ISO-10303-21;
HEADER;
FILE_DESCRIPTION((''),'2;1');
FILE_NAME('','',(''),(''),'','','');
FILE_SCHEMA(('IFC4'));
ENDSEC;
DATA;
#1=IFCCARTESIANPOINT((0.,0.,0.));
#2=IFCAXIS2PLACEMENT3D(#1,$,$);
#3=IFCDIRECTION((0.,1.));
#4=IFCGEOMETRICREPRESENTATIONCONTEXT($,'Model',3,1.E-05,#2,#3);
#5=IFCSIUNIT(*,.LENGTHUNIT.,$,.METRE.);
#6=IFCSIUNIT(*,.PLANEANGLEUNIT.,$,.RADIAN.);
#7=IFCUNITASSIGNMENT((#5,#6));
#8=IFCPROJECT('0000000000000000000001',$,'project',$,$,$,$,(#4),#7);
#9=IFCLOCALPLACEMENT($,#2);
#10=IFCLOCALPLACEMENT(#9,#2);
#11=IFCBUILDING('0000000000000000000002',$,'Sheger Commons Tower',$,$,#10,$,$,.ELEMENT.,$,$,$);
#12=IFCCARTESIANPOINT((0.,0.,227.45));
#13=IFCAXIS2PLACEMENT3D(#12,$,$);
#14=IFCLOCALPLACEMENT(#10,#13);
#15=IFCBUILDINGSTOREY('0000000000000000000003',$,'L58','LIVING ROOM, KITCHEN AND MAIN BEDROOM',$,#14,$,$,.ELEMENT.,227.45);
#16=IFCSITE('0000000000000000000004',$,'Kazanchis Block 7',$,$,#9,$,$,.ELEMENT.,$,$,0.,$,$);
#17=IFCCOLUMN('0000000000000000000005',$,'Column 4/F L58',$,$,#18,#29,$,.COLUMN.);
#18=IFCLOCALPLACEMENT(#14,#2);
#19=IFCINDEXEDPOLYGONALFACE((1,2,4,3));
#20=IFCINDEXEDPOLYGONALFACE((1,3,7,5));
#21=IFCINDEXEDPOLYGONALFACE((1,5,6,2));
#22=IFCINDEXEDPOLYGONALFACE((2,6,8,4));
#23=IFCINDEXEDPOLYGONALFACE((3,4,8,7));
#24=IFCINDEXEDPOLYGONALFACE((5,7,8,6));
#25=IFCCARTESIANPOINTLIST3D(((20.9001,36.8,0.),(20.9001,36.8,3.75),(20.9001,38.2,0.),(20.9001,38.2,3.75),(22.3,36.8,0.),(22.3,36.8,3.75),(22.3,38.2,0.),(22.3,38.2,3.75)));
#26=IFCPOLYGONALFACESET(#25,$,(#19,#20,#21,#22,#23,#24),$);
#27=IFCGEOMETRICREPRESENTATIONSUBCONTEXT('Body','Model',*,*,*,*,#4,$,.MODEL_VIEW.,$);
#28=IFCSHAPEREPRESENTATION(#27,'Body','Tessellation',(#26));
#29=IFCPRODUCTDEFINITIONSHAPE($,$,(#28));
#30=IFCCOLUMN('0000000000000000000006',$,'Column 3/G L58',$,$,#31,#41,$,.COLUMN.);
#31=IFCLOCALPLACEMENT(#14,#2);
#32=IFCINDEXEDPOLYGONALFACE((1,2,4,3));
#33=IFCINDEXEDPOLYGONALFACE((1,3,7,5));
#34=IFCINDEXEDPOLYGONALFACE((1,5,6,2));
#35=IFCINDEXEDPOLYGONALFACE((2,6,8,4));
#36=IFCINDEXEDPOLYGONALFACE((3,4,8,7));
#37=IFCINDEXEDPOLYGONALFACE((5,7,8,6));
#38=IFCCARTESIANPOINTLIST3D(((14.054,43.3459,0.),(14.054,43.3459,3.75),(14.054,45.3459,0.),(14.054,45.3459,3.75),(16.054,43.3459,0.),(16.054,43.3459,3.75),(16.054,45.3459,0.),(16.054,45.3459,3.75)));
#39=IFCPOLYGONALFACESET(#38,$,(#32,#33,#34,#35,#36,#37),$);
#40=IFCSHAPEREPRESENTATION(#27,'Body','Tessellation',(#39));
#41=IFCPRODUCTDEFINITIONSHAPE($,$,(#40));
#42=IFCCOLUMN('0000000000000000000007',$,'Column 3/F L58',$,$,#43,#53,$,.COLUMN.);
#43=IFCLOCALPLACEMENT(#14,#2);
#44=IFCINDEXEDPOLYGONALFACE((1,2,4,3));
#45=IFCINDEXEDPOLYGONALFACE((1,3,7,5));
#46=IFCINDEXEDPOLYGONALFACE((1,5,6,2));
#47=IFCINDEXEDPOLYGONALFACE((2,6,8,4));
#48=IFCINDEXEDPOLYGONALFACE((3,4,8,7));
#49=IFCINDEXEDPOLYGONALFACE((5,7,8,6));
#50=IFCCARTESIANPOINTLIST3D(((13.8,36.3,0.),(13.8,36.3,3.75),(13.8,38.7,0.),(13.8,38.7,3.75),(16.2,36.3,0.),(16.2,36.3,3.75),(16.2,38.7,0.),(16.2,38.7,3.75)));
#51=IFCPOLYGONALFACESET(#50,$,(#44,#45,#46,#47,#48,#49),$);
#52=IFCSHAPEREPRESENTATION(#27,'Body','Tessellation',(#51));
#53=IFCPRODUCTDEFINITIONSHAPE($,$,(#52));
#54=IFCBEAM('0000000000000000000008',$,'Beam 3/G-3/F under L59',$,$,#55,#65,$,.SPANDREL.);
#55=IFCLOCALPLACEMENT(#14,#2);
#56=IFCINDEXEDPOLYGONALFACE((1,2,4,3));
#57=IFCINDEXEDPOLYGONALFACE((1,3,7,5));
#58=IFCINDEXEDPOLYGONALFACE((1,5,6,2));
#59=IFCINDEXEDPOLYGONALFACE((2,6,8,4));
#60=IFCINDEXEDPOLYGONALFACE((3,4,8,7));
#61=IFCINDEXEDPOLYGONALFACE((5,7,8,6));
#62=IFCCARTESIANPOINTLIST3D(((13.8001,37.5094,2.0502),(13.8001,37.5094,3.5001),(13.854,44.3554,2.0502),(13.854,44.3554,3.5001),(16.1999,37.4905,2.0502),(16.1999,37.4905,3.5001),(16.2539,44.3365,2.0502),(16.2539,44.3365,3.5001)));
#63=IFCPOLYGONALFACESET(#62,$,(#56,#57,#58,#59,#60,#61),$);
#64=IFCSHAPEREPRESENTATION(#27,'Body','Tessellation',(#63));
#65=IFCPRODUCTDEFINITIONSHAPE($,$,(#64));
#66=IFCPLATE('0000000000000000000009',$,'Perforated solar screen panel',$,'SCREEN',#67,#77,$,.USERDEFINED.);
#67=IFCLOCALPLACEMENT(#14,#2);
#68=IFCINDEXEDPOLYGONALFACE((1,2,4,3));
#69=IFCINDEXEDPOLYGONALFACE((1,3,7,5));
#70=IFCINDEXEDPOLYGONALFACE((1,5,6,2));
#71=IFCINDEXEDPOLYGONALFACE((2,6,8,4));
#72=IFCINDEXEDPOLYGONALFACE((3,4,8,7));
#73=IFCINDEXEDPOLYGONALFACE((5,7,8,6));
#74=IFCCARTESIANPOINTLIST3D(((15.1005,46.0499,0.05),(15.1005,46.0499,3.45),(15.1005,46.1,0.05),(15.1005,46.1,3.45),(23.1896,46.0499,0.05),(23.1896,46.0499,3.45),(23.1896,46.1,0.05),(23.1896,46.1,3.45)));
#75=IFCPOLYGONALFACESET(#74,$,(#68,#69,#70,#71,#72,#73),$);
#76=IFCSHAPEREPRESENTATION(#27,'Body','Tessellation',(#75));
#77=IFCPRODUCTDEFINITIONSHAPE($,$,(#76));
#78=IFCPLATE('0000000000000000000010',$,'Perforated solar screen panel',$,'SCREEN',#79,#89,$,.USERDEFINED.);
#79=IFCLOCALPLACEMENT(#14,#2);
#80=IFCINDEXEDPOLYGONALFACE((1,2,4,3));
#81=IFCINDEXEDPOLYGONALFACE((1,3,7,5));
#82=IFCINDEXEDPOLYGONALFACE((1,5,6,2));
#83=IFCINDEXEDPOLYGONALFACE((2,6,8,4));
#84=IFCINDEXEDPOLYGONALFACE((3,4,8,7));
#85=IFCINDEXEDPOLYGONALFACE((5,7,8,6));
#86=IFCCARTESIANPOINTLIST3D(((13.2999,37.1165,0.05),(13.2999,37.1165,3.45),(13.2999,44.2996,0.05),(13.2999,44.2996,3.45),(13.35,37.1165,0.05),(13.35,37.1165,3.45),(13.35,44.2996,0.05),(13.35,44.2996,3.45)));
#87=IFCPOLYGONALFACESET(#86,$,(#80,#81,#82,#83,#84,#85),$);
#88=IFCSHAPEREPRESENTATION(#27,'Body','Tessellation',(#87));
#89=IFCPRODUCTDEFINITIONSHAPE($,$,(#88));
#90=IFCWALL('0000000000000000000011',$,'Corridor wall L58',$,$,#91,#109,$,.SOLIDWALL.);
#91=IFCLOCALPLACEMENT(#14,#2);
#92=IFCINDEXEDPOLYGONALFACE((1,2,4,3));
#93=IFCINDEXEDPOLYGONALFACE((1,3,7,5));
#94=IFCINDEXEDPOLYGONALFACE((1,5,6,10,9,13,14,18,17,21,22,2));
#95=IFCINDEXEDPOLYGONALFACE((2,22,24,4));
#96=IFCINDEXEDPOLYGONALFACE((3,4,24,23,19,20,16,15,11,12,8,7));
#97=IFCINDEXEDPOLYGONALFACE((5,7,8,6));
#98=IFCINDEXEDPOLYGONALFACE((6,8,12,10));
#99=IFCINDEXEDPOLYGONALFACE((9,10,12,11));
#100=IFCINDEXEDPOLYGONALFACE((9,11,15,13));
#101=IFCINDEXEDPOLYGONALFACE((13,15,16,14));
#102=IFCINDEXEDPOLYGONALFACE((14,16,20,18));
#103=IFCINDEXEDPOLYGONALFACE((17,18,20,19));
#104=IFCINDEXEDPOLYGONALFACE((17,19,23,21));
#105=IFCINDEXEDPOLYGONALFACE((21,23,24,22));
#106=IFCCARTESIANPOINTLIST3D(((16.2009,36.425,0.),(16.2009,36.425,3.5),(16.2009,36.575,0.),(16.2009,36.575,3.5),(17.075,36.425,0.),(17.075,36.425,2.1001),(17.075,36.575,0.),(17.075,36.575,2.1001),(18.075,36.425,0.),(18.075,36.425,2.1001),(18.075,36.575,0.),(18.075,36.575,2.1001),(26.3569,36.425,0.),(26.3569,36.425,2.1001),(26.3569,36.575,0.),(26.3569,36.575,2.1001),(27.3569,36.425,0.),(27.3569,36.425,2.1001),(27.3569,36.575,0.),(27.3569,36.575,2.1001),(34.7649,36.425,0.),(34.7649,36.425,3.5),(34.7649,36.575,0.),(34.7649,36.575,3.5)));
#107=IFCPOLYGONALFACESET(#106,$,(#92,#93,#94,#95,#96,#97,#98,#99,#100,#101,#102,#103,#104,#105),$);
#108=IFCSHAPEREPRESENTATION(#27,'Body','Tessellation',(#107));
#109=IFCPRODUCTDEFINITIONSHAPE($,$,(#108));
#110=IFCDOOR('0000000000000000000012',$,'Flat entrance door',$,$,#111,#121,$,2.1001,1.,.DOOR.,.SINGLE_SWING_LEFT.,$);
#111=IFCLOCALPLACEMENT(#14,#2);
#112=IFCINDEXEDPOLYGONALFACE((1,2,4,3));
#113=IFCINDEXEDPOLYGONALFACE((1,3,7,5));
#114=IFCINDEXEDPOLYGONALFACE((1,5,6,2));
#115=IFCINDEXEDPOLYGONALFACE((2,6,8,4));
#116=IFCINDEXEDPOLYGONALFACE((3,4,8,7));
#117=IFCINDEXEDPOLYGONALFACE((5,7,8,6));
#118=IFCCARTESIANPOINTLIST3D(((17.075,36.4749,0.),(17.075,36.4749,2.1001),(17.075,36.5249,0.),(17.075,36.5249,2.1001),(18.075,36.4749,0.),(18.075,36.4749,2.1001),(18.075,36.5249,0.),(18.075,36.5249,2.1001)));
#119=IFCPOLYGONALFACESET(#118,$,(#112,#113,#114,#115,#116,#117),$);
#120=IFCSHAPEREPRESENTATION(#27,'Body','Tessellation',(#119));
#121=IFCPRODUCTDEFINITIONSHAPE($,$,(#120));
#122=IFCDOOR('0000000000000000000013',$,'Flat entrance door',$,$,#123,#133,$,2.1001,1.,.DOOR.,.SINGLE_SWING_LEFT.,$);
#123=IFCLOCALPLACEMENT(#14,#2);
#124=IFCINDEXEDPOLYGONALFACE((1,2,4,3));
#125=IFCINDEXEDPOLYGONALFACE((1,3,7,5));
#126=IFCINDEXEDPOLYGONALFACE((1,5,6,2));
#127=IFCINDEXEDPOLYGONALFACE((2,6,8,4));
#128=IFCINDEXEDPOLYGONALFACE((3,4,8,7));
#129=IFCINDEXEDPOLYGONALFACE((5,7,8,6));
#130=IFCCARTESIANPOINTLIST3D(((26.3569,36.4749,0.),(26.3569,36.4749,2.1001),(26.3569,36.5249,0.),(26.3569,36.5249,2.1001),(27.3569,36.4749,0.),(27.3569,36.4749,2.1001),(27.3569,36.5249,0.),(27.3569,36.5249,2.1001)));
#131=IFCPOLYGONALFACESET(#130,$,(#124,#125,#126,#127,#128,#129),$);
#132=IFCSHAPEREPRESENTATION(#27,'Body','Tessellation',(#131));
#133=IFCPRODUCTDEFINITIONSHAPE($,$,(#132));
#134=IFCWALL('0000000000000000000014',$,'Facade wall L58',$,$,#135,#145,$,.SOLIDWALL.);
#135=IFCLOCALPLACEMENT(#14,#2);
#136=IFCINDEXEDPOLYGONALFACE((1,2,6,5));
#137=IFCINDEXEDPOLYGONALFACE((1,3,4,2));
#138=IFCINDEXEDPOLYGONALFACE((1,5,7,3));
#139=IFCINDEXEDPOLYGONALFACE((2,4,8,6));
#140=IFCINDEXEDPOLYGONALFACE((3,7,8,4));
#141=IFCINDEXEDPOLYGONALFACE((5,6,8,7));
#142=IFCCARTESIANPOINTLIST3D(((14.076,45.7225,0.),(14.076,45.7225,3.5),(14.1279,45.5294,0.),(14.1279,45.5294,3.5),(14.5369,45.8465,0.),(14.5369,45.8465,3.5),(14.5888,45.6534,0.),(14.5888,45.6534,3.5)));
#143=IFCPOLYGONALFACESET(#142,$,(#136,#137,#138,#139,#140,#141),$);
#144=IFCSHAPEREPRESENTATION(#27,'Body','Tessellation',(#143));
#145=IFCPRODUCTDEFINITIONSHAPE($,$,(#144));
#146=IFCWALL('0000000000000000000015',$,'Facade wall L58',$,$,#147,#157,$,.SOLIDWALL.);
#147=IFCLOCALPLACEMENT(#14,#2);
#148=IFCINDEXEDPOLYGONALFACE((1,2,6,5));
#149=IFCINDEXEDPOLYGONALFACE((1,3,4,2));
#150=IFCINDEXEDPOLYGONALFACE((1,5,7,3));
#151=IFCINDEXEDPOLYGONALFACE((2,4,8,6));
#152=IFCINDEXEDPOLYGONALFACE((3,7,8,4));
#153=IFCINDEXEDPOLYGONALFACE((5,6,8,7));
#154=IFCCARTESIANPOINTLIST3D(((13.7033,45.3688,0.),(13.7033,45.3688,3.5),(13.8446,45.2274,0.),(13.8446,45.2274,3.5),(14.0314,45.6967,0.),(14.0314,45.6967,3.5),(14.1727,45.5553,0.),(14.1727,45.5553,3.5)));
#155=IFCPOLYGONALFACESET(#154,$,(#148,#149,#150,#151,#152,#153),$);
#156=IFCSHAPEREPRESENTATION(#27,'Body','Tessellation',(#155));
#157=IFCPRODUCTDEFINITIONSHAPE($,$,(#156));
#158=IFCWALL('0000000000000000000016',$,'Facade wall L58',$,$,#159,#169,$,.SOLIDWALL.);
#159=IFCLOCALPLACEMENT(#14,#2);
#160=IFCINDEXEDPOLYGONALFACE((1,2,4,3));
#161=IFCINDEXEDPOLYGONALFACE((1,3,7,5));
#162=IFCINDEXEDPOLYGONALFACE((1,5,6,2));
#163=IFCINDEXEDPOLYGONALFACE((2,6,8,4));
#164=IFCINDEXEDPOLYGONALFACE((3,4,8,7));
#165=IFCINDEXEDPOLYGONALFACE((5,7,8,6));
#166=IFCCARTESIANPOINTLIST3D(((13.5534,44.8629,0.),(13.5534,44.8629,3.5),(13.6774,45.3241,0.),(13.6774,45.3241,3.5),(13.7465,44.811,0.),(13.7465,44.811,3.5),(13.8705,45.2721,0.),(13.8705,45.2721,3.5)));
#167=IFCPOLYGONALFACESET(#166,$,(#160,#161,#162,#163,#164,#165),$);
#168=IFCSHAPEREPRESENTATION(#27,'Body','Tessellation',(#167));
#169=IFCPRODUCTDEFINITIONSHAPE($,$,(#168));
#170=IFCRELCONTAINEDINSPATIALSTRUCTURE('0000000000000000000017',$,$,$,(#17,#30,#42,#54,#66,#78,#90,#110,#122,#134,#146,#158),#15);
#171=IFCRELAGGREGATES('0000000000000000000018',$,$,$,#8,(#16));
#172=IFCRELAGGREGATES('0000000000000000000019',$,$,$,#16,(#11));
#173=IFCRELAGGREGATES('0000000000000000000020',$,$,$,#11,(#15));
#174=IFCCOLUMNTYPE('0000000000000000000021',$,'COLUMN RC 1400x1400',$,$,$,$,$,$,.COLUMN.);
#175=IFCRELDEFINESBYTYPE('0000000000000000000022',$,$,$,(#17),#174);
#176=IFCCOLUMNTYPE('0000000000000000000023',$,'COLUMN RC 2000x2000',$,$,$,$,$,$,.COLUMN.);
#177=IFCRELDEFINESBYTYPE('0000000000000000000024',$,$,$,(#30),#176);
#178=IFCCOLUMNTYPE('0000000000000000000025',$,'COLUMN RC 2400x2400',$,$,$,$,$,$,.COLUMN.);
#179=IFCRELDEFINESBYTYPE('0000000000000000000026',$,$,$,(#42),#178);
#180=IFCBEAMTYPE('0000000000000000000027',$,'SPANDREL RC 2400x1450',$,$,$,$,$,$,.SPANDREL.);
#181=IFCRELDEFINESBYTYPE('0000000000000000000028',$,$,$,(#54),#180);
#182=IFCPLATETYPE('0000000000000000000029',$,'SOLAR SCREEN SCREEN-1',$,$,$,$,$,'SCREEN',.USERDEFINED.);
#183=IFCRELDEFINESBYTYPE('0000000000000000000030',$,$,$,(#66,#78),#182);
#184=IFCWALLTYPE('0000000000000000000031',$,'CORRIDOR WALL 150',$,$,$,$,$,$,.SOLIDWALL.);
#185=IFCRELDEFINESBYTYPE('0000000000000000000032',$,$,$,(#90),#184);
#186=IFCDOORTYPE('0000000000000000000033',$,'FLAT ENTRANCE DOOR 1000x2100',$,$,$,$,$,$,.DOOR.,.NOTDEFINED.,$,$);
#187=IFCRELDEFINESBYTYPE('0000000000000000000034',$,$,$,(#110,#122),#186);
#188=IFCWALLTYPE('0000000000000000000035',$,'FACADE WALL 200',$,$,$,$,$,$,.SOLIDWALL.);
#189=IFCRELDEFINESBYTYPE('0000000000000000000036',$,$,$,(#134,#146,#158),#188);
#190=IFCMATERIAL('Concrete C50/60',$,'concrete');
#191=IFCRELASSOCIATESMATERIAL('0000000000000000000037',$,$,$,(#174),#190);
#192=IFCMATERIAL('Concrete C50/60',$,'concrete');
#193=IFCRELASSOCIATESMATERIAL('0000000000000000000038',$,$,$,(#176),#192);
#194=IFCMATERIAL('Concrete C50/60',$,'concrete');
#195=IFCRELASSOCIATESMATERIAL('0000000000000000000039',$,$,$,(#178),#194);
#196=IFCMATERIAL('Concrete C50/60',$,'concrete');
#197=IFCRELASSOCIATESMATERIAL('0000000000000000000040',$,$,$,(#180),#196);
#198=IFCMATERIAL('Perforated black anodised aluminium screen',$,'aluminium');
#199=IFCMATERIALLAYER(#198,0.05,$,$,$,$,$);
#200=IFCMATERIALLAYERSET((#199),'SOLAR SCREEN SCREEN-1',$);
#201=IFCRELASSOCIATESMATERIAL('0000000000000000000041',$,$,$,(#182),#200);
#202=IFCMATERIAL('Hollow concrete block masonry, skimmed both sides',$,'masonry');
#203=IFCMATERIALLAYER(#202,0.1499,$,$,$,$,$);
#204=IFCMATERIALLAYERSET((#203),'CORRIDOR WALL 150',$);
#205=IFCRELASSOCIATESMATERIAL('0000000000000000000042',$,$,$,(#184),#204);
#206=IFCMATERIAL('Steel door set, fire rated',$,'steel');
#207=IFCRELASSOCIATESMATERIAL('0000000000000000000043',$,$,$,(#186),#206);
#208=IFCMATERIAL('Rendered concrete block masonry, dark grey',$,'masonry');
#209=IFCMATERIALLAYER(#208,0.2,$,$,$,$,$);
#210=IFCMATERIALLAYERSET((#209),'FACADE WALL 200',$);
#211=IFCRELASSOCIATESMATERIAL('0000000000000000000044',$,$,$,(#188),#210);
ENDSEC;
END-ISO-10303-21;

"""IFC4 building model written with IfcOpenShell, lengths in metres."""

from ifc_helpers import new_model, si_unit, direction, frame, frame_2d, origin, origin_2d, place, context, subcontext, project, spatial, rectangle, extrude, material, layer, layer_set, material_profile, profile_set, type_object, element, fill, save


model = new_model("IFC4")

# Units and contexts
model_context = context("Model", 3, precision=1e-05, world=origin(), true_north=direction((0.0, 1.0)))
body_context = subcontext(model_context, "Body", "Model", "MODEL_VIEW")
ifc_project = project(units=[si_unit("LENGTHUNIT", "METRE"), si_unit("PLANEANGLEUNIT", "RADIAN")], contexts=[model_context])

# Site, building, storey
site_placement = place(None, origin())
site = spatial("IfcSite", under=ifc_project, at=site_placement, Name="Kazanchis Block 7", CompositionType="ELEMENT", RefElevation=0.0)
building_placement = place(site_placement, origin())
building = spatial("IfcBuilding", under=site, at=building_placement, Name="Sheger Commons Tower", CompositionType="ELEMENT")
storey_placement = place(building_placement, frame((0.0, 0.0, 227.45)))
storey = spatial("IfcBuildingStorey", under=building, at=storey_placement, Name="L58", Description="LIVING ROOM, KITCHEN AND MAIN BEDROOM", CompositionType="ELEMENT", Elevation=227.45)

# Columns
ifc_material_1 = material(Name="Concrete C50/60", Category="concrete")
ifc_material_profile_1 = material_profile(ifc_material_1, rectangle(XDim=1.3999, YDim=1.3999, at=origin_2d()), Name="RC 1400x1400")
ifc_profile_set_1 = profile_set([ifc_material_profile_1], Name="Concrete C50/60")
column_type_1 = type_object("IfcColumnType", Name="COLUMN RC 1400x1400", PredefinedType="COLUMN", material=ifc_profile_set_1)
column_1_placement = place(storey_placement, frame((21.6001, 37.5, 0.0), z_axis=(0.0, 0.0, 1.0), x_axis=(1.0, 0.0, 0.0)))
element("IfcColumn", 1, at=column_1_placement, inside=storey, type_object=column_type_1, Name="Column 4/F L58", PredefinedType="COLUMN", context=body_context, shape_type="SweptSolid", body=[
    extrude(rectangle(XDim=1.3999, YDim=1.3999, at=origin_2d()), origin(), (0.0, 0.0, 1.0), 3.75),
])
ifc_material_2 = material(Name="Concrete C50/60", Category="concrete")
ifc_material_profile_2 = material_profile(ifc_material_2, rectangle(XDim=2.0, YDim=2.0, at=origin_2d()), Name="RC 2000x2000")
ifc_profile_set_2 = profile_set([ifc_material_profile_2], Name="Concrete C50/60")
column_type_2 = type_object("IfcColumnType", Name="COLUMN RC 2000x2000", PredefinedType="COLUMN", material=ifc_profile_set_2)
column_2_placement = place(storey_placement, frame((15.054, 44.3459, 0.0), z_axis=(0.0, 0.0, 1.0), x_axis=(1.0, 0.0, 0.0)))
element("IfcColumn", 2, at=column_2_placement, inside=storey, type_object=column_type_2, Name="Column 3/G L58", PredefinedType="COLUMN", context=body_context, shape_type="SweptSolid", body=[
    extrude(rectangle(XDim=2.0, YDim=2.0, at=origin_2d()), origin(), (0.0, 0.0, 1.0), 3.75),
])
ifc_material_3 = material(Name="Concrete C50/60", Category="concrete")
ifc_material_profile_3 = material_profile(ifc_material_3, rectangle(XDim=2.3999, YDim=2.3999, at=origin_2d()), Name="RC 2400x2400")
ifc_profile_set_3 = profile_set([ifc_material_profile_3], Name="Concrete C50/60")
column_type_3 = type_object("IfcColumnType", Name="COLUMN RC 2400x2400", PredefinedType="COLUMN", material=ifc_profile_set_3)
column_3_placement = place(storey_placement, frame((15.0, 37.5, 0.0), z_axis=(0.0, 0.0, 1.0), x_axis=(1.0, 0.0, 0.0)))
element("IfcColumn", 3, at=column_3_placement, inside=storey, type_object=column_type_3, Name="Column 3/F L58", PredefinedType="COLUMN", context=body_context, shape_type="SweptSolid", body=[
    extrude(rectangle(XDim=2.3999, YDim=2.3999, at=origin_2d()), origin(), (0.0, 0.0, 1.0), 3.75),
])

# Beam
ifc_material_4 = material(Name="Concrete C50/60", Category="concrete")
ifc_material_profile_4 = material_profile(ifc_material_4, rectangle(XDim=2.3999, YDim=1.45, at=origin_2d()), Name="RC 2400x1450")
ifc_profile_set_4 = profile_set([ifc_material_profile_4], Name="Concrete C50/60")
beam_type = type_object("IfcBeamType", Name="SPANDREL RC 2400x1450", PredefinedType="SPANDREL", material=ifc_profile_set_4)
beam_placement = place(storey_placement, frame((15.054, 44.3459, 2.7751), z_axis=(-0.007881, -0.999969, 0.0), x_axis=(0.999969, -0.007881, 0.0)))
element("IfcBeam", 4, at=beam_placement, inside=storey, type_object=beam_type, Name="Beam 3/G-3/F under L59", PredefinedType="SPANDREL", context=body_context, shape_type="SweptSolid", body=[
    extrude(rectangle(XDim=2.3999, YDim=1.45, at=origin_2d()), origin(), (0.0, 0.0, 1.0), 6.8462),
])

# Plates
ifc_material_5 = material(Name="Perforated black anodised aluminium screen", Category="aluminium")
ifc_layer_1 = layer(ifc_material_5, 0.05)
ifc_layer_set_1 = layer_set([ifc_layer_1], Name="SOLAR SCREEN SCREEN-1")
plate_type = type_object("IfcPlateType", Name="SOLAR SCREEN SCREEN-1", ElementType="SCREEN", PredefinedType="USERDEFINED", material=ifc_layer_set_1)
plate_1_placement = place(storey_placement, frame((19.145, 46.075, 0.05), z_axis=(0.0, 0.0, 1.0), x_axis=(-1.0, 0.0, 0.0)))
element("IfcPlate", 5, at=plate_1_placement, inside=storey, type_object=plate_type, Name="Perforated solar screen panel", ObjectType="SCREEN", PredefinedType="USERDEFINED", context=body_context, shape_type="SweptSolid", body=[
    extrude(rectangle(XDim=8.0891, YDim=0.05, at=origin_2d()), origin(), (0.0, 0.0, 1.0), 3.3999),
])
plate_2_placement = place(storey_placement, frame((13.325, 40.708, 0.05), z_axis=(0.0, 0.0, 1.0), x_axis=(0.0, -1.0, 0.0)))
element("IfcPlate", 6, at=plate_2_placement, inside=storey, type_object=plate_type, Name="Perforated solar screen panel", ObjectType="SCREEN", PredefinedType="USERDEFINED", context=body_context, shape_type="SweptSolid", body=[
    extrude(rectangle(XDim=7.1831, YDim=0.05, at=origin_2d()), origin(), (0.0, 0.0, 1.0), 3.3999),
])

# Wall, openings, doors
ifc_material_6 = material(Name="Hollow concrete block masonry, skimmed both sides", Category="masonry")
ifc_layer_2 = layer(ifc_material_6, 0.1499)
ifc_layer_set_2 = layer_set([ifc_layer_2], Name="CORRIDOR WALL 150")
wall_type_1 = type_object("IfcWallType", Name="CORRIDOR WALL 150", PredefinedType="SOLIDWALL", material=ifc_layer_set_2)
wall_1_placement = place(storey_placement, frame((16.2009, 36.5, 0.0), z_axis=(0.0, 0.0, 1.0), x_axis=(1.0, 0.0, 0.0)))
wall_1 = element("IfcWall", 7, at=wall_1_placement, inside=storey, type_object=wall_type_1, Name="Corridor wall L58", PredefinedType="SOLIDWALL", context=body_context, shape_type="SweptSolid", body=[
    extrude(rectangle(XDim=18.564, YDim=0.1499, at=frame_2d((9.282, 0.0))), origin(), (0.0, 0.0, 1.0), 3.5),
])
opening_1_placement = place(wall_1_placement, frame((0.874, 0.0, 0.0)))
opening_1 = element("IfcOpeningElement", 8, at=opening_1_placement, cuts=wall_1, PredefinedType="OPENING", context=body_context, shape_type="SweptSolid", body=[
    extrude(rectangle(XDim=1.0, YDim=2.1001, at=frame_2d((0.5, 1.05))), frame((0.0, 0.085, 0.0), z_axis=(0.0, -1.0, 0.0), x_axis=(1.0, 0.0, 0.0)), (0.0, 0.0, 1.0), 0.1699),
])
opening_2_placement = place(wall_1_placement, frame((10.156, 0.0, 0.0)))
opening_2 = element("IfcOpeningElement", 9, at=opening_2_placement, cuts=wall_1, PredefinedType="OPENING", context=body_context, shape_type="SweptSolid", body=[
    extrude(rectangle(XDim=1.0, YDim=2.1001, at=frame_2d((0.5, 1.05))), frame((0.0, 0.085, 0.0), z_axis=(0.0, -1.0, 0.0), x_axis=(1.0, 0.0, 0.0)), (0.0, 0.0, 1.0), 0.1699),
])
ifc_material_7 = material(Name="Steel door set, fire rated", Category="steel")
door_type_1 = type_object("IfcDoorType", Name="FLAT ENTRANCE DOOR 1000x2100", OperationType="NOTDEFINED", PredefinedType="DOOR", material=ifc_material_7)
door_1_placement = place(opening_1_placement, origin())
door_1 = element("IfcDoor", 10, at=door_1_placement, inside=storey, type_object=door_type_1, Name="Flat entrance door", OperationType="SINGLE_SWING_LEFT", OverallHeight=2.1001, OverallWidth=1.0, PredefinedType="DOOR", context=body_context, shape_type="SweptSolid", body=[
    extrude(rectangle(XDim=1.0, YDim=2.1001, at=frame_2d((0.5, 1.05))), frame((0.0, 0.0249, 0.0), z_axis=(0.0, -1.0, 0.0), x_axis=(1.0, 0.0, 0.0)), (0.0, 0.0, 1.0), 0.05),
])
fill(opening_1, door_1)
door_2_placement = place(opening_2_placement, origin())
door_2 = element("IfcDoor", 11, at=door_2_placement, inside=storey, type_object=door_type_1, Name="Flat entrance door", OperationType="SINGLE_SWING_LEFT", OverallHeight=2.1001, OverallWidth=1.0, PredefinedType="DOOR", context=body_context, shape_type="SweptSolid", body=[
    extrude(rectangle(XDim=1.0, YDim=2.1001, at=frame_2d((0.5, 1.05))), frame((0.0, 0.0249, 0.0), z_axis=(0.0, -1.0, 0.0), x_axis=(1.0, 0.0, 0.0)), (0.0, 0.0, 1.0), 0.05),
])
fill(opening_2, door_2)

# Walls
ifc_material_8 = material(Name="Rendered concrete block masonry, dark grey", Category="masonry")
ifc_layer_3 = layer(ifc_material_8, 0.2)
ifc_layer_set_3 = layer_set([ifc_layer_3], Name="FACADE WALL 200")
wall_type_2 = type_object("IfcWallType", Name="FACADE WALL 200", PredefinedType="SOLIDWALL", material=ifc_layer_set_3)
wall_2_placement = place(storey_placement, frame((14.563, 45.75, 0.0), z_axis=(0.0, 0.0, 1.0), x_axis=(-0.965655, -0.259827, 0.0)))
element("IfcWall", 12, at=wall_2_placement, inside=storey, type_object=wall_type_2, Name="Facade wall L58", PredefinedType="SOLIDWALL", context=body_context, shape_type="SweptSolid", body=[
    extrude(rectangle(XDim=0.4773, YDim=0.2, at=frame_2d((0.2388, 0.0))), origin(), (0.0, 0.0, 1.0), 3.5),
])
wall_3_placement = place(storey_placement, frame((14.1021, 45.626, 0.0), z_axis=(0.0, 0.0, 1.0), x_axis=(-0.70737, -0.706844, 0.0)))
element("IfcWall", 13, at=wall_3_placement, inside=storey, type_object=wall_type_2, Name="Facade wall L58", PredefinedType="SOLIDWALL", context=body_context, shape_type="SweptSolid", body=[
    extrude(rectangle(XDim=0.4639, YDim=0.2, at=frame_2d((0.2319, 0.0))), origin(), (0.0, 0.0, 1.0), 3.5),
])
wall_4_placement = place(storey_placement, frame((13.7739, 45.2981, 0.0), z_axis=(0.0, 0.0, 1.0), x_axis=(-0.259698, -0.96569, 0.0)))
element("IfcWall", 14, at=wall_4_placement, inside=storey, type_object=wall_type_2, Name="Facade wall L58", PredefinedType="SOLIDWALL", context=body_context, shape_type="SweptSolid", body=[
    extrude(rectangle(XDim=0.4775, YDim=0.2, at=frame_2d((0.2388, 0.0))), origin(), (0.0, 0.0, 1.0), 3.5),
])

save(model, "model.ifc")
